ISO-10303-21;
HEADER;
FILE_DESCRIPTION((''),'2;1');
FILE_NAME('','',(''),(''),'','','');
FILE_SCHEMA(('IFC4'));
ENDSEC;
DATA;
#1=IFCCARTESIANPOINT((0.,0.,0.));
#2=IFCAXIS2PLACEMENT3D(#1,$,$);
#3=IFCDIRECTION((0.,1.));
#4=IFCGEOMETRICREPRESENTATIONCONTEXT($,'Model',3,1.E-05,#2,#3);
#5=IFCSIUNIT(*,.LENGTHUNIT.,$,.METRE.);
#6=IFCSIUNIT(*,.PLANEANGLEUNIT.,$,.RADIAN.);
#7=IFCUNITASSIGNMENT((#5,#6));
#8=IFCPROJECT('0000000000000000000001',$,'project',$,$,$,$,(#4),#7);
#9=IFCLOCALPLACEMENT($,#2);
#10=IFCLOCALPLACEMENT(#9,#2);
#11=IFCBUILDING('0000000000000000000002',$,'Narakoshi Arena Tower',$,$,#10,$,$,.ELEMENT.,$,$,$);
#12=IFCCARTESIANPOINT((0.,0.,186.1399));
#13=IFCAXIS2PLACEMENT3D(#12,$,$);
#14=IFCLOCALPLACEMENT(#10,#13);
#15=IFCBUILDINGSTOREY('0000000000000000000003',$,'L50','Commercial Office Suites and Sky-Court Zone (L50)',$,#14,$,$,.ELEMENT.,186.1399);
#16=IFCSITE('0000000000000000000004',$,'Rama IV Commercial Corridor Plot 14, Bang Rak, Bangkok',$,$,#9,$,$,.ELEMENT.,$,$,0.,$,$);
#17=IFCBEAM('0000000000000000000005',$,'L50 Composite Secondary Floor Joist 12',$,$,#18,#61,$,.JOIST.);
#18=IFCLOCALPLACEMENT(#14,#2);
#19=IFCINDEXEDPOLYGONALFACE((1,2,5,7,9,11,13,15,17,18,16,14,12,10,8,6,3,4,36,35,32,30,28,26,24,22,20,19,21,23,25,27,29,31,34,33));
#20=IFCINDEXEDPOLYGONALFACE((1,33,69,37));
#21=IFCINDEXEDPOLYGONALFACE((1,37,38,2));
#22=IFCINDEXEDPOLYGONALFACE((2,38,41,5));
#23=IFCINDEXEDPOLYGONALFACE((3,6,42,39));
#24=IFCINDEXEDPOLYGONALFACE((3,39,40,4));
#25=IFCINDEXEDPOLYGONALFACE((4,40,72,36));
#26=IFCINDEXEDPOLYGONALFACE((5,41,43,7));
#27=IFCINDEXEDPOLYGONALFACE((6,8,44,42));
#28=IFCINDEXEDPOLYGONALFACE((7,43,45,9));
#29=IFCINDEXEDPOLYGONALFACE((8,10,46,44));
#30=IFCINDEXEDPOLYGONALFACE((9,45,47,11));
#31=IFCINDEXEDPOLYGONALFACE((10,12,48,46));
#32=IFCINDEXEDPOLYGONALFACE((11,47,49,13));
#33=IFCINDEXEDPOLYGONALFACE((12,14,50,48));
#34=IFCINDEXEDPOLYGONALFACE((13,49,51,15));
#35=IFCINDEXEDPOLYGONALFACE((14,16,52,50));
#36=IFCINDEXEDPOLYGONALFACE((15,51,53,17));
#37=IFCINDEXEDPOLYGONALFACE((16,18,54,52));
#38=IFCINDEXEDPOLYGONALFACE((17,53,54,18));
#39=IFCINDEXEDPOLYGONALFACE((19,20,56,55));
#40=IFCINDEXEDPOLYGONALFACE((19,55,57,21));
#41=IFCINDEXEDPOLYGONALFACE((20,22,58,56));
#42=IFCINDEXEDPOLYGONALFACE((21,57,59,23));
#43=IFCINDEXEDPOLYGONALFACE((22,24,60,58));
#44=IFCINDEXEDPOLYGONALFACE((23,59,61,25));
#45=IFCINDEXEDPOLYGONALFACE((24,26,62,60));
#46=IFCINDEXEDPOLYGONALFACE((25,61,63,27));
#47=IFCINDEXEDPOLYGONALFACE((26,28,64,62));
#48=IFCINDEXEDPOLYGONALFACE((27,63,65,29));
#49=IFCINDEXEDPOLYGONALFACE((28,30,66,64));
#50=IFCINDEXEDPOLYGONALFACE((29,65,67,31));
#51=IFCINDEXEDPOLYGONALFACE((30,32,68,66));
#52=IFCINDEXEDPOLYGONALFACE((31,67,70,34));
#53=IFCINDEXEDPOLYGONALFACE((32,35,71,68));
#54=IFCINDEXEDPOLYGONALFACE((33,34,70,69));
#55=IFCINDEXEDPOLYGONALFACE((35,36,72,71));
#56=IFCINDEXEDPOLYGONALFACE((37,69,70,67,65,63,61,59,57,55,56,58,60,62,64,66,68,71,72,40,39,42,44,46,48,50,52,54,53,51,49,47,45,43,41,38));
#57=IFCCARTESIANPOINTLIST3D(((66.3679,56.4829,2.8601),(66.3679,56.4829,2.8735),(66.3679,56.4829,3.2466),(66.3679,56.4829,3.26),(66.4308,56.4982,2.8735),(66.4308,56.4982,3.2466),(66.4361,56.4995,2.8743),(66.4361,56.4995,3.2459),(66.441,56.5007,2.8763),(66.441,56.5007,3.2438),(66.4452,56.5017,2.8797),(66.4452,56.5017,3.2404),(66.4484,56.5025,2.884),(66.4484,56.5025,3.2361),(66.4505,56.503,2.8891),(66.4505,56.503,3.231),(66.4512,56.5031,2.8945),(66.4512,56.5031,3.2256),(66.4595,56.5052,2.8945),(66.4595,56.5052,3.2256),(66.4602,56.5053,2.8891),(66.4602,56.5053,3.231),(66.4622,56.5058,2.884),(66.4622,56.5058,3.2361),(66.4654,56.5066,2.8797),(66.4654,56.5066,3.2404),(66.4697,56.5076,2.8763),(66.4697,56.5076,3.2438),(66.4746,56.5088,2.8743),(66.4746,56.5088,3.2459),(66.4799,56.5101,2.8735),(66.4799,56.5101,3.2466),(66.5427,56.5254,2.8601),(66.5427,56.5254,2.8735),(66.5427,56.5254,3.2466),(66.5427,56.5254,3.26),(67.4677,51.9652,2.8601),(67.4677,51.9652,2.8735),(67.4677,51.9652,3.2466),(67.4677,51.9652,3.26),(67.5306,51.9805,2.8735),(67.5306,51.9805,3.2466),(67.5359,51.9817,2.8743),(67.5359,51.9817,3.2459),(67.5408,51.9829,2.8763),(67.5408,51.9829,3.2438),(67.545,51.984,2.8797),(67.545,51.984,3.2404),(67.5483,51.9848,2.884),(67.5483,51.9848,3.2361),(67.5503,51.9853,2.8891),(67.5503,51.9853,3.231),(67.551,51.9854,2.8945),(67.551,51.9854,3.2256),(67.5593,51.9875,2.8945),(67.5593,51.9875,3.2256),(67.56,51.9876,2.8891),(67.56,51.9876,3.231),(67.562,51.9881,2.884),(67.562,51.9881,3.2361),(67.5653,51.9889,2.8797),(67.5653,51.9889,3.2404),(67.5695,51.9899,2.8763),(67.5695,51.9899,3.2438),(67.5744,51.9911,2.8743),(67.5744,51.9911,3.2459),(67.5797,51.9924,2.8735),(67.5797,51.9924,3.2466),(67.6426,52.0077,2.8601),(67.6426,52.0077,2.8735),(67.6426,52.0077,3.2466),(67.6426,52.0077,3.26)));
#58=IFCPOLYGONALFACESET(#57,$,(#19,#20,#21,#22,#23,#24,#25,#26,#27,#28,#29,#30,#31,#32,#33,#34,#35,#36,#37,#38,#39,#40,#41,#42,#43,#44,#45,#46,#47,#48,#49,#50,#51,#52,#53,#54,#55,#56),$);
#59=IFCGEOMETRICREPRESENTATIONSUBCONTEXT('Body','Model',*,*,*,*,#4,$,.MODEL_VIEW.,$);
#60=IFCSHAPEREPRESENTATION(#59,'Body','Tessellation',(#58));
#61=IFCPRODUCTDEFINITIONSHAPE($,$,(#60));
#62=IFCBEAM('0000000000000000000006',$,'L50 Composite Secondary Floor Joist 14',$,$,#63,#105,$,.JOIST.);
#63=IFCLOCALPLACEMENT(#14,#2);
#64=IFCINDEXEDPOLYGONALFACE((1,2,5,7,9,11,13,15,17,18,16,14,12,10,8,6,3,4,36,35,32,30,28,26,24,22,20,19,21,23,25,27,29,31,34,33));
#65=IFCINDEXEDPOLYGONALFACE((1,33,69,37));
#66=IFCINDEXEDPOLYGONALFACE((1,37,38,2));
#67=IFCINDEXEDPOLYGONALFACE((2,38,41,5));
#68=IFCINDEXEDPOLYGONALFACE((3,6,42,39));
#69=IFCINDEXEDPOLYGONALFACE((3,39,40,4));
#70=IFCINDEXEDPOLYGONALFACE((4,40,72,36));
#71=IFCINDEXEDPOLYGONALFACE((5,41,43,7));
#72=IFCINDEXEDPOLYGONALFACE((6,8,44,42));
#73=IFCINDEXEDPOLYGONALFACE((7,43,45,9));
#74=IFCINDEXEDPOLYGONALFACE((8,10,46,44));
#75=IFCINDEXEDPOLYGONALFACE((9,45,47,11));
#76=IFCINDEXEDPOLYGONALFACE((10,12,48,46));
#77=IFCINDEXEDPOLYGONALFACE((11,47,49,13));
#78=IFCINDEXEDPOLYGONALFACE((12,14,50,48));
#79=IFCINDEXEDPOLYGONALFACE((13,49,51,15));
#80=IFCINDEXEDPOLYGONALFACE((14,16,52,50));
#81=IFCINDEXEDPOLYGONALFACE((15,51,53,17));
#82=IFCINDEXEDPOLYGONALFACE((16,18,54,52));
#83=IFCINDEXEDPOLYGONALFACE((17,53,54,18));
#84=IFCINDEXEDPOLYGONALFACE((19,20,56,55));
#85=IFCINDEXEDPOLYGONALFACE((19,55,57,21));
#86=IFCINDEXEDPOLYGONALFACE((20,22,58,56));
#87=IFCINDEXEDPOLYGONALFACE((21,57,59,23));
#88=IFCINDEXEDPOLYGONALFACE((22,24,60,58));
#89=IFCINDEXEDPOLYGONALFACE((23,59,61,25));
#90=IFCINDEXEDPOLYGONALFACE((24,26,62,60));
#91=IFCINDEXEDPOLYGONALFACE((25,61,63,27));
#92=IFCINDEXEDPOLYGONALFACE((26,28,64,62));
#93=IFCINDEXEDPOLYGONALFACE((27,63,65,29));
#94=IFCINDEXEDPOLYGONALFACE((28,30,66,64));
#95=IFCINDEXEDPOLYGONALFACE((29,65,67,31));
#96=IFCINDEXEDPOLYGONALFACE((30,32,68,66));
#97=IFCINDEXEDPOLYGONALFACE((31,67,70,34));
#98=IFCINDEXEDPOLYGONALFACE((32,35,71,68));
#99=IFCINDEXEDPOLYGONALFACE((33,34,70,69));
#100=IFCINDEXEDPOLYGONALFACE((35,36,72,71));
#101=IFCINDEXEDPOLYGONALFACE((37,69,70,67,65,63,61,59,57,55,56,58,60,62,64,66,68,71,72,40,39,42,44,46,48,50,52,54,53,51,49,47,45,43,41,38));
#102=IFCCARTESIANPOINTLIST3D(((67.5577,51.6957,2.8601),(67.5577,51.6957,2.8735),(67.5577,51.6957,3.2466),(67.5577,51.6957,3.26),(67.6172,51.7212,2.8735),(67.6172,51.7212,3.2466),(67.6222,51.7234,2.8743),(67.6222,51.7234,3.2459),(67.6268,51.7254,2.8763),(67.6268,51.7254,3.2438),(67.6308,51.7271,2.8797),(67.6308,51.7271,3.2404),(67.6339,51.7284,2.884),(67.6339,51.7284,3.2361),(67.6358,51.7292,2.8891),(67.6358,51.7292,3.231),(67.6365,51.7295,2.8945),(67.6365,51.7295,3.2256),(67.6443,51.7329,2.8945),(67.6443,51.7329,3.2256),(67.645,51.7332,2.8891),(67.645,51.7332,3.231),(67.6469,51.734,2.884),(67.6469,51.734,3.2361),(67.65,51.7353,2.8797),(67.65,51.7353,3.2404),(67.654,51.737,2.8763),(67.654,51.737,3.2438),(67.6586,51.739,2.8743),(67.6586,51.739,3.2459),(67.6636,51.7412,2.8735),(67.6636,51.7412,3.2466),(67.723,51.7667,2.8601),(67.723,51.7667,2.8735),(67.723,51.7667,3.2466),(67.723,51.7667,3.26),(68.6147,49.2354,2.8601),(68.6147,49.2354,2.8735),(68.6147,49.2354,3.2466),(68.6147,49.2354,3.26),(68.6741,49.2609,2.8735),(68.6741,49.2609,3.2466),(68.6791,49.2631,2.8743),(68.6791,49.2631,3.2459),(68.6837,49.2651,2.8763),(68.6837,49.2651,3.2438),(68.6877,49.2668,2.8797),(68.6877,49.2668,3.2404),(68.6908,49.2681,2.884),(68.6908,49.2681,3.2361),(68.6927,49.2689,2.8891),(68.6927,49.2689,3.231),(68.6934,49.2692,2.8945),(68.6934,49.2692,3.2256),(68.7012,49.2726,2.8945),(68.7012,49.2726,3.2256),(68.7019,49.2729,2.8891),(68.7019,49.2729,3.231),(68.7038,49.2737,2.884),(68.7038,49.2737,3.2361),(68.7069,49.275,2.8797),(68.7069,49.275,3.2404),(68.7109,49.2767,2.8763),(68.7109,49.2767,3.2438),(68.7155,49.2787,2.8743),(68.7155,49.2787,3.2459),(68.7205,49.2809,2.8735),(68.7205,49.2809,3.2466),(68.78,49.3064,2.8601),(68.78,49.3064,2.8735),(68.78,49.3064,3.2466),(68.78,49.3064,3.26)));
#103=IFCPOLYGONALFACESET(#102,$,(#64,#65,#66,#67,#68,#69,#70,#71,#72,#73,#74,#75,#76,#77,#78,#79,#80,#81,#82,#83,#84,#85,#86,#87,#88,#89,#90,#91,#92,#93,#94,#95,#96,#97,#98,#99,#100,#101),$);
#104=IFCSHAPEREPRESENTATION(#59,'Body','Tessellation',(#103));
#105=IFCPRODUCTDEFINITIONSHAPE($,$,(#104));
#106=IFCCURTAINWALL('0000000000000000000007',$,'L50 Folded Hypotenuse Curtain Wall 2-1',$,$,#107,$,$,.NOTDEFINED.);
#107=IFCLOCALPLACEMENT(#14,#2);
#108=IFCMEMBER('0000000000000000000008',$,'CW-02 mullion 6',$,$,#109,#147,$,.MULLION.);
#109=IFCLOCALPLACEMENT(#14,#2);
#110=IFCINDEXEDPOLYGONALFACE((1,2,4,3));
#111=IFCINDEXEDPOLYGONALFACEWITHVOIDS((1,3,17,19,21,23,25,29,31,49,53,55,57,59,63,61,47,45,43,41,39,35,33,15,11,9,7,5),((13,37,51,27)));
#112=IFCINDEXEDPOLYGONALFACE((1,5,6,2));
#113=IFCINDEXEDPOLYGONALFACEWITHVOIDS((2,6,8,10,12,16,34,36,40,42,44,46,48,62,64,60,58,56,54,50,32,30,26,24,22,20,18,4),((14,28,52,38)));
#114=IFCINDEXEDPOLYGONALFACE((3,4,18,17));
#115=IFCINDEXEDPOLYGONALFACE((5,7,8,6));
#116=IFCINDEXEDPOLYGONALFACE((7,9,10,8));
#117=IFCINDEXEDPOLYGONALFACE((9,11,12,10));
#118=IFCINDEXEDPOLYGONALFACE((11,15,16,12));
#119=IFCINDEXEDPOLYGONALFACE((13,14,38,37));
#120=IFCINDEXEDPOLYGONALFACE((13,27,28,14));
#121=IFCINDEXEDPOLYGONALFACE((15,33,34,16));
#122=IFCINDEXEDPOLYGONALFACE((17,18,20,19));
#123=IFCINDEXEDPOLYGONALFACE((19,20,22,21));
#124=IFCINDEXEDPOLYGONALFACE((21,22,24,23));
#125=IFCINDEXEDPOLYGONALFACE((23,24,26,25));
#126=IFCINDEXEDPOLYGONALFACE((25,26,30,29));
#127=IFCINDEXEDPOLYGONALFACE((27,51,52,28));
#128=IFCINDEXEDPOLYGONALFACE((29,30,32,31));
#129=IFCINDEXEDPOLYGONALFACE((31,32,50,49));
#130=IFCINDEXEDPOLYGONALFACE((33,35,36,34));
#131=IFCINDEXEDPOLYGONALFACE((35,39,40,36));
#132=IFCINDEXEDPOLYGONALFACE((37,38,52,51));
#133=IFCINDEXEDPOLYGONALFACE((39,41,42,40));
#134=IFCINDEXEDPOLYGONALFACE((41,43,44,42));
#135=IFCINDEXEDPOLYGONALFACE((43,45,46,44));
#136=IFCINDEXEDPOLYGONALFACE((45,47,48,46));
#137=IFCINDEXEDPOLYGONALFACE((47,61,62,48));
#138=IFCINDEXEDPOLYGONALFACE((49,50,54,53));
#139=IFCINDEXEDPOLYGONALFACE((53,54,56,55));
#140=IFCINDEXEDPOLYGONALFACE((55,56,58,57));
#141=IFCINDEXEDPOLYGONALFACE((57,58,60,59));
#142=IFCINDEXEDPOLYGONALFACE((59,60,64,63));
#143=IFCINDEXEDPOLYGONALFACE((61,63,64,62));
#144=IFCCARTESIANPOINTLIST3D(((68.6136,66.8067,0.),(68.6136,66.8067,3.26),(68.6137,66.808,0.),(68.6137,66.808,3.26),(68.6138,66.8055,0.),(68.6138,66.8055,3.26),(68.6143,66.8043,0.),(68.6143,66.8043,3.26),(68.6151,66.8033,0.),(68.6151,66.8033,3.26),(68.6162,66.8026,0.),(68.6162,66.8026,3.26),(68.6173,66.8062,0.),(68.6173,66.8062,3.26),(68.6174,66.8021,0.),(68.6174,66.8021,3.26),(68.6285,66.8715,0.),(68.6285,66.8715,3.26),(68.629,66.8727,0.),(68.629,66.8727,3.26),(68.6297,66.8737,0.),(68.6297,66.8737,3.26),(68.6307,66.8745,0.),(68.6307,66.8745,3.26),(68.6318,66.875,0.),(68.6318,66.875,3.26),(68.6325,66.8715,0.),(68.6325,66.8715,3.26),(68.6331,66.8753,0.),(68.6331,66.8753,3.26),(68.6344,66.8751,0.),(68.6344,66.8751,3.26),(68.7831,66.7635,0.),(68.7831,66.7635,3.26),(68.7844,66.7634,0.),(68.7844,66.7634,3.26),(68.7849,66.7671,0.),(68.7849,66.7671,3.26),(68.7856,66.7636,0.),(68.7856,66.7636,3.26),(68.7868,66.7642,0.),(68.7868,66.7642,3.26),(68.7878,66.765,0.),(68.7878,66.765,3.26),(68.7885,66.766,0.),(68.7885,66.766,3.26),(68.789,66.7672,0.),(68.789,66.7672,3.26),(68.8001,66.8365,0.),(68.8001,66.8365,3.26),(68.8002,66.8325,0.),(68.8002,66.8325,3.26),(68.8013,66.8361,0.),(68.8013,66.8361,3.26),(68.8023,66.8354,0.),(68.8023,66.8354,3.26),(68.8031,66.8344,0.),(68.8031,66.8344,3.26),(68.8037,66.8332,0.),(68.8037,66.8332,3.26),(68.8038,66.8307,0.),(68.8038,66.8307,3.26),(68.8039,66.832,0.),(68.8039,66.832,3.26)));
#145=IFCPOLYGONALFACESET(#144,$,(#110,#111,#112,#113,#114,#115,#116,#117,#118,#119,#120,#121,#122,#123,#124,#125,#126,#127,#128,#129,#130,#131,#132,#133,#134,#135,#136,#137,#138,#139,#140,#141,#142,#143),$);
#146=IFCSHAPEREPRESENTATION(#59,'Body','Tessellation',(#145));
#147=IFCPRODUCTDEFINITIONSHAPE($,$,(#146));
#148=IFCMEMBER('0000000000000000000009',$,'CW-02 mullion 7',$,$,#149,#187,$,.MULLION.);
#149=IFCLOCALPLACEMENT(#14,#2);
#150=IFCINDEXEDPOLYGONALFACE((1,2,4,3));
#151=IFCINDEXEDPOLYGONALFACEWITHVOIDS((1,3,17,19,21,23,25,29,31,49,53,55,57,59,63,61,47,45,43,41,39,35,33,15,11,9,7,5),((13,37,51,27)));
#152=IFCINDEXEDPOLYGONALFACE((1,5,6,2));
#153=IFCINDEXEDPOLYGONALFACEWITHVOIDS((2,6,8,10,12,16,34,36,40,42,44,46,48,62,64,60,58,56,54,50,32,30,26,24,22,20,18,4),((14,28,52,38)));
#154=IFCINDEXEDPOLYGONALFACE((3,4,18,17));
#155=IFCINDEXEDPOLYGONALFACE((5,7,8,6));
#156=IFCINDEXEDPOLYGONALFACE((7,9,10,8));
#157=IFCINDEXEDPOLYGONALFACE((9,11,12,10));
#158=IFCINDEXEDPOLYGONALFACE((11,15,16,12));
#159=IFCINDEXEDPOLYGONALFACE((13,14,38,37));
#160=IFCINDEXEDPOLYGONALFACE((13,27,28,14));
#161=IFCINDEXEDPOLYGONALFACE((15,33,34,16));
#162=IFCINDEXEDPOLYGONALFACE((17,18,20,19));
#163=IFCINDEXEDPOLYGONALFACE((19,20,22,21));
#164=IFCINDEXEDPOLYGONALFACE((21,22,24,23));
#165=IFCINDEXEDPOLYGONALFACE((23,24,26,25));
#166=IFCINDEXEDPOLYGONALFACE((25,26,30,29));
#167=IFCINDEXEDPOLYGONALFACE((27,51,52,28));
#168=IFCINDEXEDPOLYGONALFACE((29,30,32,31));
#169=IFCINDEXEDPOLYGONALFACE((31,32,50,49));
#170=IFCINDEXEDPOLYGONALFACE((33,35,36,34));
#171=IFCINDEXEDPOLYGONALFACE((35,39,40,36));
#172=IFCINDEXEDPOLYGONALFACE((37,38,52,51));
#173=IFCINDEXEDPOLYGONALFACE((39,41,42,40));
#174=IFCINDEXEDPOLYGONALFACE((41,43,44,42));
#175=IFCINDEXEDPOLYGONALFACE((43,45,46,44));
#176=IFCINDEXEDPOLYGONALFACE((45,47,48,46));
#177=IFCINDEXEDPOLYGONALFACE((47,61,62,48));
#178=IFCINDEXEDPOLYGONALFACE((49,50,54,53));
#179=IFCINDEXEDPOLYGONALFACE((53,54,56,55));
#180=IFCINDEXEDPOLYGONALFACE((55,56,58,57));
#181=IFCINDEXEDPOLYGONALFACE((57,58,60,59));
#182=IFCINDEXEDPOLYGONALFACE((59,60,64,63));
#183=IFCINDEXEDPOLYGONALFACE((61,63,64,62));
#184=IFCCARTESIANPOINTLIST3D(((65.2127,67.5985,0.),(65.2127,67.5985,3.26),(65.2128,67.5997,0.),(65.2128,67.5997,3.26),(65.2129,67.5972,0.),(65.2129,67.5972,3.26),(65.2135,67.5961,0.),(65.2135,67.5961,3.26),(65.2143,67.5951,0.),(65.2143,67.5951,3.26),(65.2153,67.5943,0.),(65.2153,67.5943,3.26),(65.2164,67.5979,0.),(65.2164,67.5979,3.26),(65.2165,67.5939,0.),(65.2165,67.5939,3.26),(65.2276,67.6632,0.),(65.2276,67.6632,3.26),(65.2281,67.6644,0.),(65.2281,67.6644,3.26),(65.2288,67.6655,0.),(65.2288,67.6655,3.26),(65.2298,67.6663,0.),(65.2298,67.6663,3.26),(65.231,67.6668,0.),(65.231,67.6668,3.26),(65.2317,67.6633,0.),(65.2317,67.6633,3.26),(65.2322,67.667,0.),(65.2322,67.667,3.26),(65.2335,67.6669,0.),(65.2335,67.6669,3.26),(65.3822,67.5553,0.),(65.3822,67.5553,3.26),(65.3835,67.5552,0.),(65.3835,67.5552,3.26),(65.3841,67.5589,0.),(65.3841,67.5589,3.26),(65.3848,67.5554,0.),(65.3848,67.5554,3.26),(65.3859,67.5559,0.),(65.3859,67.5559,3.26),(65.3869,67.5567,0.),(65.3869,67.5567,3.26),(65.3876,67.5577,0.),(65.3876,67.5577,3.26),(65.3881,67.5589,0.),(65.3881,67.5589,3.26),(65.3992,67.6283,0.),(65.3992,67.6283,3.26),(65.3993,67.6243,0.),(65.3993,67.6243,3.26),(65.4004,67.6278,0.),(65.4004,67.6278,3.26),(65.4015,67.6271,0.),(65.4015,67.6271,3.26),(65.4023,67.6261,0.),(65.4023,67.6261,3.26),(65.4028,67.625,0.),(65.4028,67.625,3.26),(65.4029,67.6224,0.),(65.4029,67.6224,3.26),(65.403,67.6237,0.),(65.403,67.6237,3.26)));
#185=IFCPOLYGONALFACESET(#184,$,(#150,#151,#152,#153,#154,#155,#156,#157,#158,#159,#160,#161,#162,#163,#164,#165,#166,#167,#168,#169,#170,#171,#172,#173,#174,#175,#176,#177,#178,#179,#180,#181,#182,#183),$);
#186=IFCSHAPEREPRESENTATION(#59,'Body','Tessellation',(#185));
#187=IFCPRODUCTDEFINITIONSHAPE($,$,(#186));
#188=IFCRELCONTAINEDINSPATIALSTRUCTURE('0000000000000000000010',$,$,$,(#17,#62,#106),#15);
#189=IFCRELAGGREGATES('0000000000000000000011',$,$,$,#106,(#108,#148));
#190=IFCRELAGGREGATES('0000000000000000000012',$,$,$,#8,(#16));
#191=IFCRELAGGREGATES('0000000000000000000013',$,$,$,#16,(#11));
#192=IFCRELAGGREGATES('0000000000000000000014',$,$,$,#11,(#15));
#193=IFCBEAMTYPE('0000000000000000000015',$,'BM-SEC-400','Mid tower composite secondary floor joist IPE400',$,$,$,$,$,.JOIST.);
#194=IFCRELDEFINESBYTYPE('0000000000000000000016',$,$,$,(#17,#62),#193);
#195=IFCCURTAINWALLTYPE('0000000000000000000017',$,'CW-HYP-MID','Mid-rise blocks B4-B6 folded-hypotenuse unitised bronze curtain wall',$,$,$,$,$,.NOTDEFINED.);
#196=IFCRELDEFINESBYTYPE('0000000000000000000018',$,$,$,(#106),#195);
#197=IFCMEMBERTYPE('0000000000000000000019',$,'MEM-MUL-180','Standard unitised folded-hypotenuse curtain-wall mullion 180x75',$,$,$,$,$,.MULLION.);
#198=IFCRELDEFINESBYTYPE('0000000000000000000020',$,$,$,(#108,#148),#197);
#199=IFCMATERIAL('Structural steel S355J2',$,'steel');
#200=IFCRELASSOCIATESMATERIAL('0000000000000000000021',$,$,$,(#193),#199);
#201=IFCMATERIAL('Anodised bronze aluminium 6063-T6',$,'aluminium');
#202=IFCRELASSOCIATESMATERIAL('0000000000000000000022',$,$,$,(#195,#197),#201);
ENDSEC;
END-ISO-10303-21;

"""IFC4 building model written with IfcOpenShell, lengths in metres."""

from ifc_helpers import new_model, si_unit, direction, frame, origin, origin_2d, place, context, subcontext, project, spatial, hollow_rectangle, i_section, extrude, material, material_profile, profile_set, type_object, element, aggregate, save


model = new_model("IFC4")

# Units and contexts
model_context = context("Model", 3, precision=1e-05, world=origin(), true_north=direction((0.0, 1.0)))
body_context = subcontext(model_context, "Body", "Model", "MODEL_VIEW")
ifc_project = project(units=[si_unit("LENGTHUNIT", "METRE"), si_unit("PLANEANGLEUNIT", "RADIAN")], contexts=[model_context])

# Site, building, storey
site_placement = place(None, origin())
site = spatial("IfcSite", under=ifc_project, at=site_placement, Name="Rama IV Commercial Corridor Plot 14, Bang Rak, Bangkok", CompositionType="ELEMENT", RefElevation=0.0)
building_placement = place(site_placement, origin())
building = spatial("IfcBuilding", under=site, at=building_placement, Name="Narakoshi Arena Tower", CompositionType="ELEMENT")
storey_placement = place(building_placement, frame((0.0, 0.0, 186.1399)))
storey = spatial("IfcBuildingStorey", under=building, at=storey_placement, Name="L50", Description="Commercial Office Suites and Sky-Court Zone (L50)", CompositionType="ELEMENT", Elevation=186.1399)

# Beams
ifc_material_1 = material(Name="Structural steel S355J2", Category="steel")
ifc_material_profile_1 = material_profile(ifc_material_1, i_section(OverallWidth=0.1799, OverallDepth=0.3999, WebThickness=0.0085, FlangeThickness=0.0134, FilletRadius=0.021, at=origin_2d()), Name="IPE400")
ifc_profile_set_1 = profile_set([ifc_material_profile_1], Name="Structural steel S355J2")
beam_type_1 = type_object("IfcBeamType", Name="BM-SEC-400", Description="Mid tower composite secondary floor joist IPE400", PredefinedType="JOIST", material=ifc_profile_set_1)
beam_1_placement = place(storey_placement, frame((66.4553, 56.5042, 3.0601), z_axis=(0.236539, -0.971622, 0.0), x_axis=(0.971622, 0.236539, 0.0)))
element("IfcBeam", 1, at=beam_1_placement, inside=storey, type_object=beam_type_1, Name="L50 Composite Secondary Floor Joist 12", PredefinedType="JOIST", context=body_context, shape_type="SweptSolid", body=[
    extrude(i_section(OverallWidth=0.1799, OverallDepth=0.3999, WebThickness=0.0085, FlangeThickness=0.0134, FilletRadius=0.021, at=origin_2d()), origin(), (0.0, 0.0, 1.0), 4.6497),
])
beam_2_placement = place(storey_placement, frame((67.6404, 51.7312, 3.0601), z_axis=(0.394711, -0.918805, 0.0), x_axis=(0.918805, 0.394711, 0.0)))
element("IfcBeam", 2, at=beam_2_placement, inside=storey, type_object=beam_type_1, Name="L50 Composite Secondary Floor Joist 14", PredefinedType="JOIST", context=body_context, shape_type="SweptSolid", body=[
    extrude(i_section(OverallWidth=0.1799, OverallDepth=0.3999, WebThickness=0.0085, FlangeThickness=0.0134, FilletRadius=0.021, at=origin_2d()), origin(), (0.0, 0.0, 1.0), 2.6777),
])

# Curtain wall, members
ifc_material_2 = material(Name="Anodised bronze aluminium 6063-T6", Category="aluminium")
curtain_wall_type = type_object("IfcCurtainWallType", Name="CW-HYP-MID", Description="Mid-rise blocks B4-B6 folded-hypotenuse unitised bronze curtain wall", PredefinedType="NOTDEFINED", material=ifc_material_2)
curtain_wall_placement = place(storey_placement, origin())
curtain_wall = element("IfcCurtainWall", 3, at=curtain_wall_placement, inside=storey, type_object=curtain_wall_type, Name="L50 Folded Hypotenuse Curtain Wall 2-1", PredefinedType="NOTDEFINED")
ifc_material_profile_2 = material_profile(ifc_material_2, hollow_rectangle(XDim=0.075, YDim=0.1799, WallThickness=0.0039, OuterFilletRadius=0.0049, at=origin_2d()), Name="MUL180x75x4")
ifc_profile_set_2 = profile_set([ifc_material_profile_2], Name="Anodised bronze aluminium 6063-T6")
member_type_1 = type_object("IfcMemberType", Name="MEM-MUL-180", Description="Standard unitised folded-hypotenuse curtain-wall mullion 180x75", PredefinedType="MULLION", material=ifc_profile_set_2)
member_1_placement = place(storey_placement, frame((68.7087, 66.8193, 0.0), z_axis=(0.0, 0.0, 1.0), x_axis=(-0.226721, -0.97396, 0.0)))
member_1 = element("IfcMember", 4, at=member_1_placement, type_object=member_type_1, Name="CW-02 mullion 6", PredefinedType="MULLION", context=body_context, shape_type="SweptSolid", body=[
    extrude(hollow_rectangle(XDim=0.075, YDim=0.1799, WallThickness=0.0039, OuterFilletRadius=0.0049, at=origin_2d()), origin(), (0.0, 0.0, 1.0), 3.26),
])
member_2_placement = place(storey_placement, frame((65.3079, 67.6111, 0.0), z_axis=(0.0, 0.0, 1.0), x_axis=(-0.226721, -0.97396, 0.0)))
member_2 = element("IfcMember", 5, at=member_2_placement, type_object=member_type_1, Name="CW-02 mullion 7", PredefinedType="MULLION", context=body_context, shape_type="SweptSolid", body=[
    extrude(hollow_rectangle(XDim=0.075, YDim=0.1799, WallThickness=0.0039, OuterFilletRadius=0.0049, at=origin_2d()), origin(), (0.0, 0.0, 1.0), 3.26),
])
aggregate(curtain_wall, [member_1, member_2])

save(model, "model.ifc")
